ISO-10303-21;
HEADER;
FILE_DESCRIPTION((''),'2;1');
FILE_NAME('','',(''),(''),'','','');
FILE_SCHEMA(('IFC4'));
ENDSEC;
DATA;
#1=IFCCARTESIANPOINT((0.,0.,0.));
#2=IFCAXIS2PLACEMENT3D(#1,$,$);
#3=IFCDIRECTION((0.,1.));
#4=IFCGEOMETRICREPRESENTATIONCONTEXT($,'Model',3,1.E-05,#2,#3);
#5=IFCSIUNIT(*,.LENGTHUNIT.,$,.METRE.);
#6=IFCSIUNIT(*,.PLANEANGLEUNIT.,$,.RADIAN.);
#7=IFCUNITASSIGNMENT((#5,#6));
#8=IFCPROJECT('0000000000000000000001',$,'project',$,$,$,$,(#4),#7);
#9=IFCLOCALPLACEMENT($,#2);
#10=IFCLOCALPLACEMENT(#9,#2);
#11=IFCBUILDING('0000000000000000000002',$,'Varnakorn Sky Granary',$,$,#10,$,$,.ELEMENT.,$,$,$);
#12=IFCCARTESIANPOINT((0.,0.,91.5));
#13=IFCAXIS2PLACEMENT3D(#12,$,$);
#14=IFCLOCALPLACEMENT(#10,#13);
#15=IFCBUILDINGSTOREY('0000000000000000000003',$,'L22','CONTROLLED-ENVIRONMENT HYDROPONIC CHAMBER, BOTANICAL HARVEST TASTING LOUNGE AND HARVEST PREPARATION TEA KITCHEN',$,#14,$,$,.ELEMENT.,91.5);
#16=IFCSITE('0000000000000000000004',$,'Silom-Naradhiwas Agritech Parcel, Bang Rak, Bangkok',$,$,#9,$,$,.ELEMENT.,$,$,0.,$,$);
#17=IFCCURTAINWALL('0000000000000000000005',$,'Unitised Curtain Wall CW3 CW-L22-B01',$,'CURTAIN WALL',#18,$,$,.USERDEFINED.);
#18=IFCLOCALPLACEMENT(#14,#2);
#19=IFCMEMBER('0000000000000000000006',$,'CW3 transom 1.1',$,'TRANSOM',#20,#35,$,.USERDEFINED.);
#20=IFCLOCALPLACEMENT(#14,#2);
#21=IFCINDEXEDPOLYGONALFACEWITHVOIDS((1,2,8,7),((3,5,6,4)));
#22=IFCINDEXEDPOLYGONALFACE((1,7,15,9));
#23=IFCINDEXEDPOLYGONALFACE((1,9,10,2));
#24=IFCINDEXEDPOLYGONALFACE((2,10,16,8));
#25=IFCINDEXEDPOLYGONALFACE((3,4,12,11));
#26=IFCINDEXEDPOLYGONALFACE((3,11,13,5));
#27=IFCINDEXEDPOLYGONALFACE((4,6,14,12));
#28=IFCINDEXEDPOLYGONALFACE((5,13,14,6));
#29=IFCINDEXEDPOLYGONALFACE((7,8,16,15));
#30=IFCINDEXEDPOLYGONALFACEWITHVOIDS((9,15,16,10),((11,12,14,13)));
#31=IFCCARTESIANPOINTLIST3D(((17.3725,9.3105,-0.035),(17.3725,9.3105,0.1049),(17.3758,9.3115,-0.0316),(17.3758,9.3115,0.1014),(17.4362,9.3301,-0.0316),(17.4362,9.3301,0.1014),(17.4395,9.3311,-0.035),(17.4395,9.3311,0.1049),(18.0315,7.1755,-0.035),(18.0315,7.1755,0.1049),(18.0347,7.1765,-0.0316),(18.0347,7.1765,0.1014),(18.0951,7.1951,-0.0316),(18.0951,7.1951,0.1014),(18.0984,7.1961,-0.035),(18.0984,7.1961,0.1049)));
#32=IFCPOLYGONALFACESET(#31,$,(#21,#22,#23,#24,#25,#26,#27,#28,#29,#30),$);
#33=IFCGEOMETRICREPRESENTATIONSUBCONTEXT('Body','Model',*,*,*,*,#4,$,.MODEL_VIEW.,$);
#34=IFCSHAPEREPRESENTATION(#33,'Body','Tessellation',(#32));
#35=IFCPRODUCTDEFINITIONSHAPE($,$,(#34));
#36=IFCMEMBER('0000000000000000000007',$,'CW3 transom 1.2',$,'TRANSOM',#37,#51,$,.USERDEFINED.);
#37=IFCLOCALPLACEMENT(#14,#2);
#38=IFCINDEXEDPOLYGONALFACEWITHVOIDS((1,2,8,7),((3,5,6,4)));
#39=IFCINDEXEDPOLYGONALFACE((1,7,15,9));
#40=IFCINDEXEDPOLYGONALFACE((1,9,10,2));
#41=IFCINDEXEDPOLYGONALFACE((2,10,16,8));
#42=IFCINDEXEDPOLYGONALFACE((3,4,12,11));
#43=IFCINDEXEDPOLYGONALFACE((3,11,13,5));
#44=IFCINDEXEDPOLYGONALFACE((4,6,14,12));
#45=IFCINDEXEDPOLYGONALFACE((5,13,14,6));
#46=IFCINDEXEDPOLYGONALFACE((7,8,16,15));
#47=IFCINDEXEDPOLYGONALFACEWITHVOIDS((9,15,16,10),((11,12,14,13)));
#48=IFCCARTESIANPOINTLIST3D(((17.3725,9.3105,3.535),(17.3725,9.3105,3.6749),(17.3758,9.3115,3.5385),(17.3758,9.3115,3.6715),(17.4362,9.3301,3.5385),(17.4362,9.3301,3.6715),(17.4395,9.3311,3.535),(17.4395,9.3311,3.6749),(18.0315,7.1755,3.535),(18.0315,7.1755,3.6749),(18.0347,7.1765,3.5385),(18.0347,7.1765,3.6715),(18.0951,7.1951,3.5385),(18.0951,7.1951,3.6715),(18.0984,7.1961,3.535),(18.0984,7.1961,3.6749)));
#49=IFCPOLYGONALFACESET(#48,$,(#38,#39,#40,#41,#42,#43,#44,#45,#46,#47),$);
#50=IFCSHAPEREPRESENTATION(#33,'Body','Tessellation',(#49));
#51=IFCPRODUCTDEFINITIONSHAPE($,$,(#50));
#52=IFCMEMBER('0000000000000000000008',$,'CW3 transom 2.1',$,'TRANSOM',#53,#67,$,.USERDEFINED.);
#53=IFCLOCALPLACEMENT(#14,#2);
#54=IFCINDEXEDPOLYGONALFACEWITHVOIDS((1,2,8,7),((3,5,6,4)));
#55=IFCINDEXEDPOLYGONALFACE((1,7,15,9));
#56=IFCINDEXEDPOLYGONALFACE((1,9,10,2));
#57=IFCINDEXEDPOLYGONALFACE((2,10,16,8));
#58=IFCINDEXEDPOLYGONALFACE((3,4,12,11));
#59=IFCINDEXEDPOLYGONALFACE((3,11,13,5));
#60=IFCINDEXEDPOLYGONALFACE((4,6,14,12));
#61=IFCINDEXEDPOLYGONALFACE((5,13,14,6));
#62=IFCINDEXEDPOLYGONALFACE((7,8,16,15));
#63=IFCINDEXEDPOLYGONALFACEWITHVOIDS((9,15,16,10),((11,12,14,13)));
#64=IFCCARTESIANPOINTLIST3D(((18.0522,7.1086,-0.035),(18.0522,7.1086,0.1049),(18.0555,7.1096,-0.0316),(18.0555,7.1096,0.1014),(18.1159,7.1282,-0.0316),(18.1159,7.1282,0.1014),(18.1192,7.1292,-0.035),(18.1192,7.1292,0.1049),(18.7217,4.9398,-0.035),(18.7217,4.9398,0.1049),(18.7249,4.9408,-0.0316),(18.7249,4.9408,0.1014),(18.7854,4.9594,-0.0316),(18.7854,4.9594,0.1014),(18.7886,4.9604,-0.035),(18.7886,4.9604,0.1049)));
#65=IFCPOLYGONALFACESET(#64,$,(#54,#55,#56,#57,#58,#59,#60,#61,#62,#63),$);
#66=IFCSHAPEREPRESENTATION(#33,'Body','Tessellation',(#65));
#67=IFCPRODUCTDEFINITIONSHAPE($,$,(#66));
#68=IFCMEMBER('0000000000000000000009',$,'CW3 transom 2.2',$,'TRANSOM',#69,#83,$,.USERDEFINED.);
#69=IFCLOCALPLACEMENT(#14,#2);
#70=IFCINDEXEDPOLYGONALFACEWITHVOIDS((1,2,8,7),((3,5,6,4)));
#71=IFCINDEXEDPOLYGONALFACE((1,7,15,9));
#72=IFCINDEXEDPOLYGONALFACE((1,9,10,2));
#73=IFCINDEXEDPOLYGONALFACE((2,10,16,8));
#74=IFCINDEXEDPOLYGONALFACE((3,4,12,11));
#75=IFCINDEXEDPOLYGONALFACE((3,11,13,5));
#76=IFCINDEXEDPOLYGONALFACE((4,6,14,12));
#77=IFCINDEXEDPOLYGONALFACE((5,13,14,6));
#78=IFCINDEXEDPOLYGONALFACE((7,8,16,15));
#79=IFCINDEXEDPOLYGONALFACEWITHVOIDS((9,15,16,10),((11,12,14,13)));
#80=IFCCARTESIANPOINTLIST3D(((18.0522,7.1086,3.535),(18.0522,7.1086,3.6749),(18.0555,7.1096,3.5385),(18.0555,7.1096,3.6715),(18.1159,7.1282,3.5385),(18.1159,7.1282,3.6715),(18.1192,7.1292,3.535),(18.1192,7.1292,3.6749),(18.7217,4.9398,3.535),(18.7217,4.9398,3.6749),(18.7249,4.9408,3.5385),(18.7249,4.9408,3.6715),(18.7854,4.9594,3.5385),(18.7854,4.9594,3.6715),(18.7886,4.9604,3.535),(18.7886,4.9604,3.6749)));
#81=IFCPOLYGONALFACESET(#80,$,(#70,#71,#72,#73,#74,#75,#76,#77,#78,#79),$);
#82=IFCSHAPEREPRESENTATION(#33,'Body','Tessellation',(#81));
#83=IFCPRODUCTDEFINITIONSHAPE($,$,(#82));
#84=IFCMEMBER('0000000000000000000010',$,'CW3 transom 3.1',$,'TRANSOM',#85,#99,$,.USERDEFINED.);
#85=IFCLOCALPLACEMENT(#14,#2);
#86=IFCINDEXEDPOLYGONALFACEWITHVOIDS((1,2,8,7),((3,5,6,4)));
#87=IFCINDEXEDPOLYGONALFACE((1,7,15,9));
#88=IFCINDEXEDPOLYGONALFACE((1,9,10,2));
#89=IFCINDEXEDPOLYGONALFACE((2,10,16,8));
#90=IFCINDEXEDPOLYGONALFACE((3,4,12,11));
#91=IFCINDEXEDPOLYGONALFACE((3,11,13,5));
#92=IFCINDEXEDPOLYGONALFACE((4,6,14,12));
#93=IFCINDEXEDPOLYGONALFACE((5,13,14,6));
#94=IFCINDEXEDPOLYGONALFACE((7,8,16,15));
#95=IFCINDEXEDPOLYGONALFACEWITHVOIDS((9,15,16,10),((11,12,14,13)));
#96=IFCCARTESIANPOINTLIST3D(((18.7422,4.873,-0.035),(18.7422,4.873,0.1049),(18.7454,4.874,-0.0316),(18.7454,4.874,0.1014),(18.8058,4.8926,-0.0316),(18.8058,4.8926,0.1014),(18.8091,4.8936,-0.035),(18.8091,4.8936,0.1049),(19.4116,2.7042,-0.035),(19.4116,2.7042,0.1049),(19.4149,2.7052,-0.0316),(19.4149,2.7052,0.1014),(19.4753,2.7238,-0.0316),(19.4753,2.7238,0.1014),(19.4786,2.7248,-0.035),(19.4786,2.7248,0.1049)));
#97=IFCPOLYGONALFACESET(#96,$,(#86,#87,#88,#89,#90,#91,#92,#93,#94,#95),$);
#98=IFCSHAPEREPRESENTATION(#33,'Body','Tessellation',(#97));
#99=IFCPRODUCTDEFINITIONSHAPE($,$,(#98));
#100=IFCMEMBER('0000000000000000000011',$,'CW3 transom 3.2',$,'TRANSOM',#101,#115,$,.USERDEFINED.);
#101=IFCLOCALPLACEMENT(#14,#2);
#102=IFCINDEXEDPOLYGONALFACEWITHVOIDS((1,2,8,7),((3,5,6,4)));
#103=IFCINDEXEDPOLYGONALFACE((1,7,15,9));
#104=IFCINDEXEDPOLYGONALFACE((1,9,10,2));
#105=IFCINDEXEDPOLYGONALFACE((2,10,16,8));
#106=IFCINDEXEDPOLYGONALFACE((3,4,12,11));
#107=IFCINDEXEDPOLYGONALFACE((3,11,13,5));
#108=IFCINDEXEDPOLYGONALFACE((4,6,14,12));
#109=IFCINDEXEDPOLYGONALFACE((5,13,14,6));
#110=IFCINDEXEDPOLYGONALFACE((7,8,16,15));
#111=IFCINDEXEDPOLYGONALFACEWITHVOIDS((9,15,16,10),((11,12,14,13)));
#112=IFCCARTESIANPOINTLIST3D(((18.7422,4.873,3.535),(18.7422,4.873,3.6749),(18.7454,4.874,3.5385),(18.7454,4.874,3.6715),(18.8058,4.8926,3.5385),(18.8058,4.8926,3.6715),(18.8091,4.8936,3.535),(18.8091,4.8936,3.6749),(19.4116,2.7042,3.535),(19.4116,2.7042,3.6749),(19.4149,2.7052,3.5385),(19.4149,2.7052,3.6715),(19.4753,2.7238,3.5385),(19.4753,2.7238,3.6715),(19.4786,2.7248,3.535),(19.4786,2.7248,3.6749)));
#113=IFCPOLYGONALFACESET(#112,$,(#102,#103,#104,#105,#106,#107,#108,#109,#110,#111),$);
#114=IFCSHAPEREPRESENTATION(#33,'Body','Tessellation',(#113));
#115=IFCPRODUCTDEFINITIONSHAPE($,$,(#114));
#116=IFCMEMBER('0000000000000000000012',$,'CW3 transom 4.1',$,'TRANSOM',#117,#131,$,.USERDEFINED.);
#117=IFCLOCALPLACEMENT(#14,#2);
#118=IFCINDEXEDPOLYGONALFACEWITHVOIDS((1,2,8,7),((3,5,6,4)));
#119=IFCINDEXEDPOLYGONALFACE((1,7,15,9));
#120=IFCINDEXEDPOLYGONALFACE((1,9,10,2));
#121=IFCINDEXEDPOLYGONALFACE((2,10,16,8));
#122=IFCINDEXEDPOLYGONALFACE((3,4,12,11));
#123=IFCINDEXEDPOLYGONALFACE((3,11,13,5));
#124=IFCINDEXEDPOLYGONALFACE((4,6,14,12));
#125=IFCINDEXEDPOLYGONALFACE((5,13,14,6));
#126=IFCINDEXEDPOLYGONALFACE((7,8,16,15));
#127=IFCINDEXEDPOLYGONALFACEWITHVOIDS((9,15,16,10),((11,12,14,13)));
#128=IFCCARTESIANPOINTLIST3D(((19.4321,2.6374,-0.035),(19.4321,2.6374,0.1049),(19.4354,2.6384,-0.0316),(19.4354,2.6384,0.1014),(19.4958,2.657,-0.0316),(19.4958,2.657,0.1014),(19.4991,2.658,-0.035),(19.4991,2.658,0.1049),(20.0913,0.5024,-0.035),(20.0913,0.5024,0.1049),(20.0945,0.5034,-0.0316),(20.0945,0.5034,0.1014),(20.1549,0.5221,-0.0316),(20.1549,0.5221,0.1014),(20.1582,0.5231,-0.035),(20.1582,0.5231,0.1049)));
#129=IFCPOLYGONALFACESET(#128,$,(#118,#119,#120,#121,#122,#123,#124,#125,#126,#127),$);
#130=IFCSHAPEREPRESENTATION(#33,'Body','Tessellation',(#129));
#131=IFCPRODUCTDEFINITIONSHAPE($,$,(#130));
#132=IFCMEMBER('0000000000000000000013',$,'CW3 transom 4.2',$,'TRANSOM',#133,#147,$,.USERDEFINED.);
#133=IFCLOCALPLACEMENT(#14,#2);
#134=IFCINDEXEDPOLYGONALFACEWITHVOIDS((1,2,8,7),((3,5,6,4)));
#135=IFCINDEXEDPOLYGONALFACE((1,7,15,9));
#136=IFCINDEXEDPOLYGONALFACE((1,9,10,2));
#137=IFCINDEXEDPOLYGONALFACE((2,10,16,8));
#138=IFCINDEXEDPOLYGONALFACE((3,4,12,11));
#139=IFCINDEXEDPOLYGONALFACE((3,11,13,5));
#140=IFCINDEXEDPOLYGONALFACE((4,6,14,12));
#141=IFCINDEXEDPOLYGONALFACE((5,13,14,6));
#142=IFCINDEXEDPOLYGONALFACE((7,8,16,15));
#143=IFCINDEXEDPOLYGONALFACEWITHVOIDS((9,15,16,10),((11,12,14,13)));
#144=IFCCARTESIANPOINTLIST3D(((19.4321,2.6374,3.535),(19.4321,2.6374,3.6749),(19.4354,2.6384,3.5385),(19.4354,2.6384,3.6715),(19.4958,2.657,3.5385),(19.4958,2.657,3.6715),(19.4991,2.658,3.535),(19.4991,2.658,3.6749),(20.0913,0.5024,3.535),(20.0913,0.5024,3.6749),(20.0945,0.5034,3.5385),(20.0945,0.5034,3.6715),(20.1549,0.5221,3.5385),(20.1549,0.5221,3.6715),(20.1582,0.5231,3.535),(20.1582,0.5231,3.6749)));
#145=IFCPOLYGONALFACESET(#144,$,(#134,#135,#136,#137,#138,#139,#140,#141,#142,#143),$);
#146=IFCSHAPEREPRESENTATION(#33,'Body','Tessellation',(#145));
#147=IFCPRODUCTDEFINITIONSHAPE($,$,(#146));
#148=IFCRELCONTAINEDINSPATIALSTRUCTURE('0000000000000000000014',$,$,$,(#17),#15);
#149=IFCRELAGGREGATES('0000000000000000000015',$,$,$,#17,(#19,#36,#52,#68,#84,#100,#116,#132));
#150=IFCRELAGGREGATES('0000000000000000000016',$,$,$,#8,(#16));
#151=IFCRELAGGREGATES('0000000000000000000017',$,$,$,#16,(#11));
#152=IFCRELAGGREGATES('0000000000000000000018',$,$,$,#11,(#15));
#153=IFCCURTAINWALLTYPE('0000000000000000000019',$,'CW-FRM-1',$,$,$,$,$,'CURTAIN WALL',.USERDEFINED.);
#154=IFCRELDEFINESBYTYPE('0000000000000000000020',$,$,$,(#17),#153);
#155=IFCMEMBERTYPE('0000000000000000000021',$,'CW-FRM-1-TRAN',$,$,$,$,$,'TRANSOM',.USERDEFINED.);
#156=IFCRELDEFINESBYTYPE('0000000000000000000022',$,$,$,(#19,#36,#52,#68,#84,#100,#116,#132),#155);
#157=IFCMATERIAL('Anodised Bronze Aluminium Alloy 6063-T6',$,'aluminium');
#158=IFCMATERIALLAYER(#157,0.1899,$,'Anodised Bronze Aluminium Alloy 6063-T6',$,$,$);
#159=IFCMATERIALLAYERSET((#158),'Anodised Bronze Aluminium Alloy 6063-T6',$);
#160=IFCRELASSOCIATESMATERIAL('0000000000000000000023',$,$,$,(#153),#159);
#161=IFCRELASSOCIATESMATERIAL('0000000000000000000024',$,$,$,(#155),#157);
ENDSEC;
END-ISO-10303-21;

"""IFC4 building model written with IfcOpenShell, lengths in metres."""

from ifc_helpers import new_model, si_unit, direction, frame, origin, origin_2d, place, context, subcontext, project, spatial, hollow_rectangle, extrude, material, layer, layer_set, material_profile, profile_set, type_object, element, aggregate, save


model = new_model("IFC4")

# Units and contexts
model_context = context("Model", 3, precision=1e-05, world=origin(), true_north=direction((0.0, 1.0)))
body_context = subcontext(model_context, "Body", "Model", "MODEL_VIEW")
ifc_project = project(units=[si_unit("LENGTHUNIT", "METRE"), si_unit("PLANEANGLEUNIT", "RADIAN")], contexts=[model_context])

# Site, building, storey
site_placement = place(None, origin())
site = spatial("IfcSite", under=ifc_project, at=site_placement, Name="Silom-Naradhiwas Agritech Parcel, Bang Rak, Bangkok", CompositionType="ELEMENT", RefElevation=0.0)
building_placement = place(site_placement, origin())
building = spatial("IfcBuilding", under=site, at=building_placement, Name="Varnakorn Sky Granary", CompositionType="ELEMENT")
storey_placement = place(building_placement, frame((0.0, 0.0, 91.5)))
storey = spatial("IfcBuildingStorey", under=building, at=storey_placement, Name="L22", Description="CONTROLLED-ENVIRONMENT HYDROPONIC CHAMBER, BOTANICAL HARVEST TASTING LOUNGE AND HARVEST PREPARATION TEA KITCHEN", CompositionType="ELEMENT", Elevation=91.5)

# Curtain wall
ifc_material_1 = material(Name="Anodised Bronze Aluminium Alloy 6063-T6", Category="aluminium")
ifc_layer_1 = layer(ifc_material_1, 0.1899, Name="Anodised Bronze Aluminium Alloy 6063-T6")
ifc_layer_set_1 = layer_set([ifc_layer_1], Name="Anodised Bronze Aluminium Alloy 6063-T6")
curtain_wall_type = type_object("IfcCurtainWallType", Name="CW-FRM-1", ElementType="CURTAIN WALL", PredefinedType="USERDEFINED", material=ifc_layer_set_1)
curtain_wall_1_placement = place(storey_placement, origin())
curtain_wall_1 = element("IfcCurtainWall", 1, at=curtain_wall_1_placement, inside=storey, type_object=curtain_wall_type, Name="Unitised Curtain Wall CW3 CW-L22-B01", ObjectType="CURTAIN WALL", PredefinedType="USERDEFINED")

# Members
ifc_material_profile_1 = material_profile(ifc_material_1, hollow_rectangle(XDim=0.0701, YDim=0.1399, WallThickness=0.0034, at=origin_2d()), Name="ALU TRAN 70x140")
ifc_profile_set_1 = profile_set([ifc_material_profile_1], Name="Anodised Bronze Aluminium Alloy 6063-T6")
member_type_1 = type_object("IfcMemberType", Name="CW-FRM-1-TRAN", ElementType="TRANSOM", PredefinedType="USERDEFINED", material=ifc_profile_set_1)
member_1_placement = place(storey_placement, frame((17.406, 9.3208, 0.0349), z_axis=(0.294907, -0.955526, 0.0), x_axis=(0.955526, 0.294907, 0.0)))
member_1 = element("IfcMember", 2, at=member_1_placement, type_object=member_type_1, Name="CW3 transom 1.1", ObjectType="TRANSOM", PredefinedType="USERDEFINED", context=body_context, shape_type="SweptSolid", body=[
    extrude(hollow_rectangle(XDim=0.0701, YDim=0.1399, WallThickness=0.0034, at=origin_2d()), origin(), (0.0, 0.0, 1.0), 2.2344),
])
member_2_placement = place(storey_placement, frame((17.406, 9.3208, 3.605), z_axis=(0.294907, -0.955526, 0.0), x_axis=(0.955526, 0.294907, 0.0)))
member_2 = element("IfcMember", 3, at=member_2_placement, type_object=member_type_1, Name="CW3 transom 1.2", ObjectType="TRANSOM", PredefinedType="USERDEFINED", context=body_context, shape_type="SweptSolid", body=[
    extrude(hollow_rectangle(XDim=0.0701, YDim=0.1399, WallThickness=0.0034, at=origin_2d()), origin(), (0.0, 0.0, 1.0), 2.2344),
])
member_3_placement = place(storey_placement, frame((18.0857, 7.1189, 0.0349), z_axis=(0.294947, -0.955513, 0.0), x_axis=(0.955513, 0.294947, 0.0)))
member_3 = element("IfcMember", 4, at=member_3_placement, type_object=member_type_1, Name="CW3 transom 2.1", ObjectType="TRANSOM", PredefinedType="USERDEFINED", context=body_context, shape_type="SweptSolid", body=[
    extrude(hollow_rectangle(XDim=0.0701, YDim=0.1399, WallThickness=0.0034, at=origin_2d()), origin(), (0.0, 0.0, 1.0), 2.2698),
])
member_4_placement = place(storey_placement, frame((18.0857, 7.1189, 3.605), z_axis=(0.294947, -0.955513, 0.0), x_axis=(0.955513, 0.294947, 0.0)))
member_4 = element("IfcMember", 5, at=member_4_placement, type_object=member_type_1, Name="CW3 transom 2.2", ObjectType="TRANSOM", PredefinedType="USERDEFINED", context=body_context, shape_type="SweptSolid", body=[
    extrude(hollow_rectangle(XDim=0.0701, YDim=0.1399, WallThickness=0.0034, at=origin_2d()), origin(), (0.0, 0.0, 1.0), 2.2698),
])
member_5_placement = place(storey_placement, frame((18.7756, 4.8833, 0.0349), z_axis=(0.294947, -0.955513, 0.0), x_axis=(0.955513, 0.294947, 0.0)))
member_5 = element("IfcMember", 6, at=member_5_placement, type_object=member_type_1, Name="CW3 transom 3.1", ObjectType="TRANSOM", PredefinedType="USERDEFINED", context=body_context, shape_type="SweptSolid", body=[
    extrude(hollow_rectangle(XDim=0.0701, YDim=0.1399, WallThickness=0.0034, at=origin_2d()), origin(), (0.0, 0.0, 1.0), 2.2698),
])
member_6_placement = place(storey_placement, frame((18.7756, 4.8833, 3.605), z_axis=(0.294947, -0.955513, 0.0), x_axis=(0.955513, 0.294947, 0.0)))
member_6 = element("IfcMember", 7, at=member_6_placement, type_object=member_type_1, Name="CW3 transom 3.2", ObjectType="TRANSOM", PredefinedType="USERDEFINED", context=body_context, shape_type="SweptSolid", body=[
    extrude(hollow_rectangle(XDim=0.0701, YDim=0.1399, WallThickness=0.0034, at=origin_2d()), origin(), (0.0, 0.0, 1.0), 2.2698),
])
member_7_placement = place(storey_placement, frame((19.4656, 2.6477, 0.0349), z_axis=(0.295007, -0.955495, 0.0), x_axis=(0.955495, 0.295007, 0.0)))
member_7 = element("IfcMember", 8, at=member_7_placement, type_object=member_type_1, Name="CW3 transom 4.1", ObjectType="TRANSOM", PredefinedType="USERDEFINED", context=body_context, shape_type="SweptSolid", body=[
    extrude(hollow_rectangle(XDim=0.0701, YDim=0.1399, WallThickness=0.0034, at=origin_2d()), origin(), (0.0, 0.0, 1.0), 2.2344),
])
member_8_placement = place(storey_placement, frame((19.4656, 2.6477, 3.605), z_axis=(0.295007, -0.955495, 0.0), x_axis=(0.955495, 0.295007, 0.0)))
member_8 = element("IfcMember", 9, at=member_8_placement, type_object=member_type_1, Name="CW3 transom 4.2", ObjectType="TRANSOM", PredefinedType="USERDEFINED", context=body_context, shape_type="SweptSolid", body=[
    extrude(hollow_rectangle(XDim=0.0701, YDim=0.1399, WallThickness=0.0034, at=origin_2d()), origin(), (0.0, 0.0, 1.0), 2.2344),
])

aggregate(curtain_wall_1, [member_1, member_2, member_3, member_4, member_5, member_6, member_7, member_8])

save(model, "model.ifc")
